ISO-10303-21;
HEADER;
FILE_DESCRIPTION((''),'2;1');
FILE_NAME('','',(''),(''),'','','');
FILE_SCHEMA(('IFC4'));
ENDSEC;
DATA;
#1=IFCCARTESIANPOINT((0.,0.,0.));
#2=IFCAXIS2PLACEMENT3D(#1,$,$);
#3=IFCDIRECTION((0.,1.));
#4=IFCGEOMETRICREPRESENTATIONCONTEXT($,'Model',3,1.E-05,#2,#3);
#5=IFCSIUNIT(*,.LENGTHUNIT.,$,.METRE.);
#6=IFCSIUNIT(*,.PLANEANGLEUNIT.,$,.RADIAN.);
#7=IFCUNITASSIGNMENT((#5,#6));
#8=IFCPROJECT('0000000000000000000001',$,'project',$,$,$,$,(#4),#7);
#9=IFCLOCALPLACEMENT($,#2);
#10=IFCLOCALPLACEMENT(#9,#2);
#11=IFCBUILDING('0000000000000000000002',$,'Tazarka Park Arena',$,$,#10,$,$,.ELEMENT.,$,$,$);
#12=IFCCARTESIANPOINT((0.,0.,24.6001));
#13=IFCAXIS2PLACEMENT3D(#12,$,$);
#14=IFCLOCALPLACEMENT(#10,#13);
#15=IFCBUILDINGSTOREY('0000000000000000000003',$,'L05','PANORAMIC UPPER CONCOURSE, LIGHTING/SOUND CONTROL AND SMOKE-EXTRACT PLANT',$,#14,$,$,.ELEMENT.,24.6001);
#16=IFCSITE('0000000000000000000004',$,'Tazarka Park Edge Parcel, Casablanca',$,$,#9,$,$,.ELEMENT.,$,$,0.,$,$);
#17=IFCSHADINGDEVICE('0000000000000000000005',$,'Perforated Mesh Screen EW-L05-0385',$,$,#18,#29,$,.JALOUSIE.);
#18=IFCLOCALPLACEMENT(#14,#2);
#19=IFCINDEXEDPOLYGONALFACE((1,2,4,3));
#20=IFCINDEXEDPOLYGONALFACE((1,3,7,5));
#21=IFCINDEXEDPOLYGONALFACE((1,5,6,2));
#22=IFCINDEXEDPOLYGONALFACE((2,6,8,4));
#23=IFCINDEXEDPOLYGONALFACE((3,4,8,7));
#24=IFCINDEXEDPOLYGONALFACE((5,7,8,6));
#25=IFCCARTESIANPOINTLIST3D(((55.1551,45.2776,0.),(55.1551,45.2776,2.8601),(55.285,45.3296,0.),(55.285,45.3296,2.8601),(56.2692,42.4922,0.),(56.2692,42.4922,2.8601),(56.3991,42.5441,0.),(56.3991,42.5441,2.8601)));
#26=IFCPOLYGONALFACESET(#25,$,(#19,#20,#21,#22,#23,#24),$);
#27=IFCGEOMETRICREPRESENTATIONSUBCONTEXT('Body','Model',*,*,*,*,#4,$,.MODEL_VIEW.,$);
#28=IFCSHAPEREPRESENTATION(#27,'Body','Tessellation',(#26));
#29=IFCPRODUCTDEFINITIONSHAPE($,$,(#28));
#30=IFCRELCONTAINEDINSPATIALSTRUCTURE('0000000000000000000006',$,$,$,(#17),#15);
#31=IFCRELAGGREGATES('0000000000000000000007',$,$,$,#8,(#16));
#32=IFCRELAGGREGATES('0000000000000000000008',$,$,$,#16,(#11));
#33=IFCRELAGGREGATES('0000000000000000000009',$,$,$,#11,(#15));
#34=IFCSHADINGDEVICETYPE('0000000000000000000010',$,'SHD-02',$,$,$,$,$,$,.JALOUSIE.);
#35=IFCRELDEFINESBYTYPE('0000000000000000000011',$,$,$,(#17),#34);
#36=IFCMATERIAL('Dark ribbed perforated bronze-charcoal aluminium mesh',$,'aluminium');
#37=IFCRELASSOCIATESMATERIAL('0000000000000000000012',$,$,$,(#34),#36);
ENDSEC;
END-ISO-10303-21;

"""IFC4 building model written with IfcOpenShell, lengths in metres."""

from ifc_helpers import new_model, si_unit, direction, frame, origin, origin_2d, place, context, subcontext, project, spatial, rectangle, extrude, material, type_object, element, save


model = new_model("IFC4")

# Units and contexts
model_context = context("Model", 3, precision=1e-05, world=origin(), true_north=direction((0.0, 1.0)))
body_context = subcontext(model_context, "Body", "Model", "MODEL_VIEW")
ifc_project = project(units=[si_unit("LENGTHUNIT", "METRE"), si_unit("PLANEANGLEUNIT", "RADIAN")], contexts=[model_context])

# Site, building, storey
site_placement = place(None, origin())
site = spatial("IfcSite", under=ifc_project, at=site_placement, Name="Tazarka Park Edge Parcel, Casablanca", CompositionType="ELEMENT", RefElevation=0.0)
building_placement = place(site_placement, origin())
building = spatial("IfcBuilding", under=site, at=building_placement, Name="Tazarka Park Arena", CompositionType="ELEMENT")
storey_placement = place(building_placement, frame((0.0, 0.0, 24.6001)))
storey = spatial("IfcBuildingStorey", under=building, at=storey_placement, Name="L05", Description="PANORAMIC UPPER CONCOURSE, LIGHTING/SOUND CONTROL AND SMOKE-EXTRACT PLANT", CompositionType="ELEMENT", Elevation=24.6001)

# Shading device
ifc_material_1 = material(Name="Dark ribbed perforated bronze-charcoal aluminium mesh", Category="aluminium")
shading_device_type = type_object("IfcShadingDeviceType", Name="SHD-02", PredefinedType="JALOUSIE", material=ifc_material_1)
shading_device_placement = place(storey_placement, frame((55.7771, 43.9109, 0.0), z_axis=(0.0, 0.0, 1.0), x_axis=(-0.371368, 0.928486, 0.0)))
element("IfcShadingDevice", 1, at=shading_device_placement, inside=storey, type_object=shading_device_type, Name="Perforated Mesh Screen EW-L05-0385", PredefinedType="JALOUSIE", context=body_context, shape_type="SweptSolid", body=[
    extrude(rectangle(XDim=3.0, YDim=0.1399, at=origin_2d()), origin(), (0.0, 0.0, 1.0), 2.8601),
])

save(model, "model.ifc")
